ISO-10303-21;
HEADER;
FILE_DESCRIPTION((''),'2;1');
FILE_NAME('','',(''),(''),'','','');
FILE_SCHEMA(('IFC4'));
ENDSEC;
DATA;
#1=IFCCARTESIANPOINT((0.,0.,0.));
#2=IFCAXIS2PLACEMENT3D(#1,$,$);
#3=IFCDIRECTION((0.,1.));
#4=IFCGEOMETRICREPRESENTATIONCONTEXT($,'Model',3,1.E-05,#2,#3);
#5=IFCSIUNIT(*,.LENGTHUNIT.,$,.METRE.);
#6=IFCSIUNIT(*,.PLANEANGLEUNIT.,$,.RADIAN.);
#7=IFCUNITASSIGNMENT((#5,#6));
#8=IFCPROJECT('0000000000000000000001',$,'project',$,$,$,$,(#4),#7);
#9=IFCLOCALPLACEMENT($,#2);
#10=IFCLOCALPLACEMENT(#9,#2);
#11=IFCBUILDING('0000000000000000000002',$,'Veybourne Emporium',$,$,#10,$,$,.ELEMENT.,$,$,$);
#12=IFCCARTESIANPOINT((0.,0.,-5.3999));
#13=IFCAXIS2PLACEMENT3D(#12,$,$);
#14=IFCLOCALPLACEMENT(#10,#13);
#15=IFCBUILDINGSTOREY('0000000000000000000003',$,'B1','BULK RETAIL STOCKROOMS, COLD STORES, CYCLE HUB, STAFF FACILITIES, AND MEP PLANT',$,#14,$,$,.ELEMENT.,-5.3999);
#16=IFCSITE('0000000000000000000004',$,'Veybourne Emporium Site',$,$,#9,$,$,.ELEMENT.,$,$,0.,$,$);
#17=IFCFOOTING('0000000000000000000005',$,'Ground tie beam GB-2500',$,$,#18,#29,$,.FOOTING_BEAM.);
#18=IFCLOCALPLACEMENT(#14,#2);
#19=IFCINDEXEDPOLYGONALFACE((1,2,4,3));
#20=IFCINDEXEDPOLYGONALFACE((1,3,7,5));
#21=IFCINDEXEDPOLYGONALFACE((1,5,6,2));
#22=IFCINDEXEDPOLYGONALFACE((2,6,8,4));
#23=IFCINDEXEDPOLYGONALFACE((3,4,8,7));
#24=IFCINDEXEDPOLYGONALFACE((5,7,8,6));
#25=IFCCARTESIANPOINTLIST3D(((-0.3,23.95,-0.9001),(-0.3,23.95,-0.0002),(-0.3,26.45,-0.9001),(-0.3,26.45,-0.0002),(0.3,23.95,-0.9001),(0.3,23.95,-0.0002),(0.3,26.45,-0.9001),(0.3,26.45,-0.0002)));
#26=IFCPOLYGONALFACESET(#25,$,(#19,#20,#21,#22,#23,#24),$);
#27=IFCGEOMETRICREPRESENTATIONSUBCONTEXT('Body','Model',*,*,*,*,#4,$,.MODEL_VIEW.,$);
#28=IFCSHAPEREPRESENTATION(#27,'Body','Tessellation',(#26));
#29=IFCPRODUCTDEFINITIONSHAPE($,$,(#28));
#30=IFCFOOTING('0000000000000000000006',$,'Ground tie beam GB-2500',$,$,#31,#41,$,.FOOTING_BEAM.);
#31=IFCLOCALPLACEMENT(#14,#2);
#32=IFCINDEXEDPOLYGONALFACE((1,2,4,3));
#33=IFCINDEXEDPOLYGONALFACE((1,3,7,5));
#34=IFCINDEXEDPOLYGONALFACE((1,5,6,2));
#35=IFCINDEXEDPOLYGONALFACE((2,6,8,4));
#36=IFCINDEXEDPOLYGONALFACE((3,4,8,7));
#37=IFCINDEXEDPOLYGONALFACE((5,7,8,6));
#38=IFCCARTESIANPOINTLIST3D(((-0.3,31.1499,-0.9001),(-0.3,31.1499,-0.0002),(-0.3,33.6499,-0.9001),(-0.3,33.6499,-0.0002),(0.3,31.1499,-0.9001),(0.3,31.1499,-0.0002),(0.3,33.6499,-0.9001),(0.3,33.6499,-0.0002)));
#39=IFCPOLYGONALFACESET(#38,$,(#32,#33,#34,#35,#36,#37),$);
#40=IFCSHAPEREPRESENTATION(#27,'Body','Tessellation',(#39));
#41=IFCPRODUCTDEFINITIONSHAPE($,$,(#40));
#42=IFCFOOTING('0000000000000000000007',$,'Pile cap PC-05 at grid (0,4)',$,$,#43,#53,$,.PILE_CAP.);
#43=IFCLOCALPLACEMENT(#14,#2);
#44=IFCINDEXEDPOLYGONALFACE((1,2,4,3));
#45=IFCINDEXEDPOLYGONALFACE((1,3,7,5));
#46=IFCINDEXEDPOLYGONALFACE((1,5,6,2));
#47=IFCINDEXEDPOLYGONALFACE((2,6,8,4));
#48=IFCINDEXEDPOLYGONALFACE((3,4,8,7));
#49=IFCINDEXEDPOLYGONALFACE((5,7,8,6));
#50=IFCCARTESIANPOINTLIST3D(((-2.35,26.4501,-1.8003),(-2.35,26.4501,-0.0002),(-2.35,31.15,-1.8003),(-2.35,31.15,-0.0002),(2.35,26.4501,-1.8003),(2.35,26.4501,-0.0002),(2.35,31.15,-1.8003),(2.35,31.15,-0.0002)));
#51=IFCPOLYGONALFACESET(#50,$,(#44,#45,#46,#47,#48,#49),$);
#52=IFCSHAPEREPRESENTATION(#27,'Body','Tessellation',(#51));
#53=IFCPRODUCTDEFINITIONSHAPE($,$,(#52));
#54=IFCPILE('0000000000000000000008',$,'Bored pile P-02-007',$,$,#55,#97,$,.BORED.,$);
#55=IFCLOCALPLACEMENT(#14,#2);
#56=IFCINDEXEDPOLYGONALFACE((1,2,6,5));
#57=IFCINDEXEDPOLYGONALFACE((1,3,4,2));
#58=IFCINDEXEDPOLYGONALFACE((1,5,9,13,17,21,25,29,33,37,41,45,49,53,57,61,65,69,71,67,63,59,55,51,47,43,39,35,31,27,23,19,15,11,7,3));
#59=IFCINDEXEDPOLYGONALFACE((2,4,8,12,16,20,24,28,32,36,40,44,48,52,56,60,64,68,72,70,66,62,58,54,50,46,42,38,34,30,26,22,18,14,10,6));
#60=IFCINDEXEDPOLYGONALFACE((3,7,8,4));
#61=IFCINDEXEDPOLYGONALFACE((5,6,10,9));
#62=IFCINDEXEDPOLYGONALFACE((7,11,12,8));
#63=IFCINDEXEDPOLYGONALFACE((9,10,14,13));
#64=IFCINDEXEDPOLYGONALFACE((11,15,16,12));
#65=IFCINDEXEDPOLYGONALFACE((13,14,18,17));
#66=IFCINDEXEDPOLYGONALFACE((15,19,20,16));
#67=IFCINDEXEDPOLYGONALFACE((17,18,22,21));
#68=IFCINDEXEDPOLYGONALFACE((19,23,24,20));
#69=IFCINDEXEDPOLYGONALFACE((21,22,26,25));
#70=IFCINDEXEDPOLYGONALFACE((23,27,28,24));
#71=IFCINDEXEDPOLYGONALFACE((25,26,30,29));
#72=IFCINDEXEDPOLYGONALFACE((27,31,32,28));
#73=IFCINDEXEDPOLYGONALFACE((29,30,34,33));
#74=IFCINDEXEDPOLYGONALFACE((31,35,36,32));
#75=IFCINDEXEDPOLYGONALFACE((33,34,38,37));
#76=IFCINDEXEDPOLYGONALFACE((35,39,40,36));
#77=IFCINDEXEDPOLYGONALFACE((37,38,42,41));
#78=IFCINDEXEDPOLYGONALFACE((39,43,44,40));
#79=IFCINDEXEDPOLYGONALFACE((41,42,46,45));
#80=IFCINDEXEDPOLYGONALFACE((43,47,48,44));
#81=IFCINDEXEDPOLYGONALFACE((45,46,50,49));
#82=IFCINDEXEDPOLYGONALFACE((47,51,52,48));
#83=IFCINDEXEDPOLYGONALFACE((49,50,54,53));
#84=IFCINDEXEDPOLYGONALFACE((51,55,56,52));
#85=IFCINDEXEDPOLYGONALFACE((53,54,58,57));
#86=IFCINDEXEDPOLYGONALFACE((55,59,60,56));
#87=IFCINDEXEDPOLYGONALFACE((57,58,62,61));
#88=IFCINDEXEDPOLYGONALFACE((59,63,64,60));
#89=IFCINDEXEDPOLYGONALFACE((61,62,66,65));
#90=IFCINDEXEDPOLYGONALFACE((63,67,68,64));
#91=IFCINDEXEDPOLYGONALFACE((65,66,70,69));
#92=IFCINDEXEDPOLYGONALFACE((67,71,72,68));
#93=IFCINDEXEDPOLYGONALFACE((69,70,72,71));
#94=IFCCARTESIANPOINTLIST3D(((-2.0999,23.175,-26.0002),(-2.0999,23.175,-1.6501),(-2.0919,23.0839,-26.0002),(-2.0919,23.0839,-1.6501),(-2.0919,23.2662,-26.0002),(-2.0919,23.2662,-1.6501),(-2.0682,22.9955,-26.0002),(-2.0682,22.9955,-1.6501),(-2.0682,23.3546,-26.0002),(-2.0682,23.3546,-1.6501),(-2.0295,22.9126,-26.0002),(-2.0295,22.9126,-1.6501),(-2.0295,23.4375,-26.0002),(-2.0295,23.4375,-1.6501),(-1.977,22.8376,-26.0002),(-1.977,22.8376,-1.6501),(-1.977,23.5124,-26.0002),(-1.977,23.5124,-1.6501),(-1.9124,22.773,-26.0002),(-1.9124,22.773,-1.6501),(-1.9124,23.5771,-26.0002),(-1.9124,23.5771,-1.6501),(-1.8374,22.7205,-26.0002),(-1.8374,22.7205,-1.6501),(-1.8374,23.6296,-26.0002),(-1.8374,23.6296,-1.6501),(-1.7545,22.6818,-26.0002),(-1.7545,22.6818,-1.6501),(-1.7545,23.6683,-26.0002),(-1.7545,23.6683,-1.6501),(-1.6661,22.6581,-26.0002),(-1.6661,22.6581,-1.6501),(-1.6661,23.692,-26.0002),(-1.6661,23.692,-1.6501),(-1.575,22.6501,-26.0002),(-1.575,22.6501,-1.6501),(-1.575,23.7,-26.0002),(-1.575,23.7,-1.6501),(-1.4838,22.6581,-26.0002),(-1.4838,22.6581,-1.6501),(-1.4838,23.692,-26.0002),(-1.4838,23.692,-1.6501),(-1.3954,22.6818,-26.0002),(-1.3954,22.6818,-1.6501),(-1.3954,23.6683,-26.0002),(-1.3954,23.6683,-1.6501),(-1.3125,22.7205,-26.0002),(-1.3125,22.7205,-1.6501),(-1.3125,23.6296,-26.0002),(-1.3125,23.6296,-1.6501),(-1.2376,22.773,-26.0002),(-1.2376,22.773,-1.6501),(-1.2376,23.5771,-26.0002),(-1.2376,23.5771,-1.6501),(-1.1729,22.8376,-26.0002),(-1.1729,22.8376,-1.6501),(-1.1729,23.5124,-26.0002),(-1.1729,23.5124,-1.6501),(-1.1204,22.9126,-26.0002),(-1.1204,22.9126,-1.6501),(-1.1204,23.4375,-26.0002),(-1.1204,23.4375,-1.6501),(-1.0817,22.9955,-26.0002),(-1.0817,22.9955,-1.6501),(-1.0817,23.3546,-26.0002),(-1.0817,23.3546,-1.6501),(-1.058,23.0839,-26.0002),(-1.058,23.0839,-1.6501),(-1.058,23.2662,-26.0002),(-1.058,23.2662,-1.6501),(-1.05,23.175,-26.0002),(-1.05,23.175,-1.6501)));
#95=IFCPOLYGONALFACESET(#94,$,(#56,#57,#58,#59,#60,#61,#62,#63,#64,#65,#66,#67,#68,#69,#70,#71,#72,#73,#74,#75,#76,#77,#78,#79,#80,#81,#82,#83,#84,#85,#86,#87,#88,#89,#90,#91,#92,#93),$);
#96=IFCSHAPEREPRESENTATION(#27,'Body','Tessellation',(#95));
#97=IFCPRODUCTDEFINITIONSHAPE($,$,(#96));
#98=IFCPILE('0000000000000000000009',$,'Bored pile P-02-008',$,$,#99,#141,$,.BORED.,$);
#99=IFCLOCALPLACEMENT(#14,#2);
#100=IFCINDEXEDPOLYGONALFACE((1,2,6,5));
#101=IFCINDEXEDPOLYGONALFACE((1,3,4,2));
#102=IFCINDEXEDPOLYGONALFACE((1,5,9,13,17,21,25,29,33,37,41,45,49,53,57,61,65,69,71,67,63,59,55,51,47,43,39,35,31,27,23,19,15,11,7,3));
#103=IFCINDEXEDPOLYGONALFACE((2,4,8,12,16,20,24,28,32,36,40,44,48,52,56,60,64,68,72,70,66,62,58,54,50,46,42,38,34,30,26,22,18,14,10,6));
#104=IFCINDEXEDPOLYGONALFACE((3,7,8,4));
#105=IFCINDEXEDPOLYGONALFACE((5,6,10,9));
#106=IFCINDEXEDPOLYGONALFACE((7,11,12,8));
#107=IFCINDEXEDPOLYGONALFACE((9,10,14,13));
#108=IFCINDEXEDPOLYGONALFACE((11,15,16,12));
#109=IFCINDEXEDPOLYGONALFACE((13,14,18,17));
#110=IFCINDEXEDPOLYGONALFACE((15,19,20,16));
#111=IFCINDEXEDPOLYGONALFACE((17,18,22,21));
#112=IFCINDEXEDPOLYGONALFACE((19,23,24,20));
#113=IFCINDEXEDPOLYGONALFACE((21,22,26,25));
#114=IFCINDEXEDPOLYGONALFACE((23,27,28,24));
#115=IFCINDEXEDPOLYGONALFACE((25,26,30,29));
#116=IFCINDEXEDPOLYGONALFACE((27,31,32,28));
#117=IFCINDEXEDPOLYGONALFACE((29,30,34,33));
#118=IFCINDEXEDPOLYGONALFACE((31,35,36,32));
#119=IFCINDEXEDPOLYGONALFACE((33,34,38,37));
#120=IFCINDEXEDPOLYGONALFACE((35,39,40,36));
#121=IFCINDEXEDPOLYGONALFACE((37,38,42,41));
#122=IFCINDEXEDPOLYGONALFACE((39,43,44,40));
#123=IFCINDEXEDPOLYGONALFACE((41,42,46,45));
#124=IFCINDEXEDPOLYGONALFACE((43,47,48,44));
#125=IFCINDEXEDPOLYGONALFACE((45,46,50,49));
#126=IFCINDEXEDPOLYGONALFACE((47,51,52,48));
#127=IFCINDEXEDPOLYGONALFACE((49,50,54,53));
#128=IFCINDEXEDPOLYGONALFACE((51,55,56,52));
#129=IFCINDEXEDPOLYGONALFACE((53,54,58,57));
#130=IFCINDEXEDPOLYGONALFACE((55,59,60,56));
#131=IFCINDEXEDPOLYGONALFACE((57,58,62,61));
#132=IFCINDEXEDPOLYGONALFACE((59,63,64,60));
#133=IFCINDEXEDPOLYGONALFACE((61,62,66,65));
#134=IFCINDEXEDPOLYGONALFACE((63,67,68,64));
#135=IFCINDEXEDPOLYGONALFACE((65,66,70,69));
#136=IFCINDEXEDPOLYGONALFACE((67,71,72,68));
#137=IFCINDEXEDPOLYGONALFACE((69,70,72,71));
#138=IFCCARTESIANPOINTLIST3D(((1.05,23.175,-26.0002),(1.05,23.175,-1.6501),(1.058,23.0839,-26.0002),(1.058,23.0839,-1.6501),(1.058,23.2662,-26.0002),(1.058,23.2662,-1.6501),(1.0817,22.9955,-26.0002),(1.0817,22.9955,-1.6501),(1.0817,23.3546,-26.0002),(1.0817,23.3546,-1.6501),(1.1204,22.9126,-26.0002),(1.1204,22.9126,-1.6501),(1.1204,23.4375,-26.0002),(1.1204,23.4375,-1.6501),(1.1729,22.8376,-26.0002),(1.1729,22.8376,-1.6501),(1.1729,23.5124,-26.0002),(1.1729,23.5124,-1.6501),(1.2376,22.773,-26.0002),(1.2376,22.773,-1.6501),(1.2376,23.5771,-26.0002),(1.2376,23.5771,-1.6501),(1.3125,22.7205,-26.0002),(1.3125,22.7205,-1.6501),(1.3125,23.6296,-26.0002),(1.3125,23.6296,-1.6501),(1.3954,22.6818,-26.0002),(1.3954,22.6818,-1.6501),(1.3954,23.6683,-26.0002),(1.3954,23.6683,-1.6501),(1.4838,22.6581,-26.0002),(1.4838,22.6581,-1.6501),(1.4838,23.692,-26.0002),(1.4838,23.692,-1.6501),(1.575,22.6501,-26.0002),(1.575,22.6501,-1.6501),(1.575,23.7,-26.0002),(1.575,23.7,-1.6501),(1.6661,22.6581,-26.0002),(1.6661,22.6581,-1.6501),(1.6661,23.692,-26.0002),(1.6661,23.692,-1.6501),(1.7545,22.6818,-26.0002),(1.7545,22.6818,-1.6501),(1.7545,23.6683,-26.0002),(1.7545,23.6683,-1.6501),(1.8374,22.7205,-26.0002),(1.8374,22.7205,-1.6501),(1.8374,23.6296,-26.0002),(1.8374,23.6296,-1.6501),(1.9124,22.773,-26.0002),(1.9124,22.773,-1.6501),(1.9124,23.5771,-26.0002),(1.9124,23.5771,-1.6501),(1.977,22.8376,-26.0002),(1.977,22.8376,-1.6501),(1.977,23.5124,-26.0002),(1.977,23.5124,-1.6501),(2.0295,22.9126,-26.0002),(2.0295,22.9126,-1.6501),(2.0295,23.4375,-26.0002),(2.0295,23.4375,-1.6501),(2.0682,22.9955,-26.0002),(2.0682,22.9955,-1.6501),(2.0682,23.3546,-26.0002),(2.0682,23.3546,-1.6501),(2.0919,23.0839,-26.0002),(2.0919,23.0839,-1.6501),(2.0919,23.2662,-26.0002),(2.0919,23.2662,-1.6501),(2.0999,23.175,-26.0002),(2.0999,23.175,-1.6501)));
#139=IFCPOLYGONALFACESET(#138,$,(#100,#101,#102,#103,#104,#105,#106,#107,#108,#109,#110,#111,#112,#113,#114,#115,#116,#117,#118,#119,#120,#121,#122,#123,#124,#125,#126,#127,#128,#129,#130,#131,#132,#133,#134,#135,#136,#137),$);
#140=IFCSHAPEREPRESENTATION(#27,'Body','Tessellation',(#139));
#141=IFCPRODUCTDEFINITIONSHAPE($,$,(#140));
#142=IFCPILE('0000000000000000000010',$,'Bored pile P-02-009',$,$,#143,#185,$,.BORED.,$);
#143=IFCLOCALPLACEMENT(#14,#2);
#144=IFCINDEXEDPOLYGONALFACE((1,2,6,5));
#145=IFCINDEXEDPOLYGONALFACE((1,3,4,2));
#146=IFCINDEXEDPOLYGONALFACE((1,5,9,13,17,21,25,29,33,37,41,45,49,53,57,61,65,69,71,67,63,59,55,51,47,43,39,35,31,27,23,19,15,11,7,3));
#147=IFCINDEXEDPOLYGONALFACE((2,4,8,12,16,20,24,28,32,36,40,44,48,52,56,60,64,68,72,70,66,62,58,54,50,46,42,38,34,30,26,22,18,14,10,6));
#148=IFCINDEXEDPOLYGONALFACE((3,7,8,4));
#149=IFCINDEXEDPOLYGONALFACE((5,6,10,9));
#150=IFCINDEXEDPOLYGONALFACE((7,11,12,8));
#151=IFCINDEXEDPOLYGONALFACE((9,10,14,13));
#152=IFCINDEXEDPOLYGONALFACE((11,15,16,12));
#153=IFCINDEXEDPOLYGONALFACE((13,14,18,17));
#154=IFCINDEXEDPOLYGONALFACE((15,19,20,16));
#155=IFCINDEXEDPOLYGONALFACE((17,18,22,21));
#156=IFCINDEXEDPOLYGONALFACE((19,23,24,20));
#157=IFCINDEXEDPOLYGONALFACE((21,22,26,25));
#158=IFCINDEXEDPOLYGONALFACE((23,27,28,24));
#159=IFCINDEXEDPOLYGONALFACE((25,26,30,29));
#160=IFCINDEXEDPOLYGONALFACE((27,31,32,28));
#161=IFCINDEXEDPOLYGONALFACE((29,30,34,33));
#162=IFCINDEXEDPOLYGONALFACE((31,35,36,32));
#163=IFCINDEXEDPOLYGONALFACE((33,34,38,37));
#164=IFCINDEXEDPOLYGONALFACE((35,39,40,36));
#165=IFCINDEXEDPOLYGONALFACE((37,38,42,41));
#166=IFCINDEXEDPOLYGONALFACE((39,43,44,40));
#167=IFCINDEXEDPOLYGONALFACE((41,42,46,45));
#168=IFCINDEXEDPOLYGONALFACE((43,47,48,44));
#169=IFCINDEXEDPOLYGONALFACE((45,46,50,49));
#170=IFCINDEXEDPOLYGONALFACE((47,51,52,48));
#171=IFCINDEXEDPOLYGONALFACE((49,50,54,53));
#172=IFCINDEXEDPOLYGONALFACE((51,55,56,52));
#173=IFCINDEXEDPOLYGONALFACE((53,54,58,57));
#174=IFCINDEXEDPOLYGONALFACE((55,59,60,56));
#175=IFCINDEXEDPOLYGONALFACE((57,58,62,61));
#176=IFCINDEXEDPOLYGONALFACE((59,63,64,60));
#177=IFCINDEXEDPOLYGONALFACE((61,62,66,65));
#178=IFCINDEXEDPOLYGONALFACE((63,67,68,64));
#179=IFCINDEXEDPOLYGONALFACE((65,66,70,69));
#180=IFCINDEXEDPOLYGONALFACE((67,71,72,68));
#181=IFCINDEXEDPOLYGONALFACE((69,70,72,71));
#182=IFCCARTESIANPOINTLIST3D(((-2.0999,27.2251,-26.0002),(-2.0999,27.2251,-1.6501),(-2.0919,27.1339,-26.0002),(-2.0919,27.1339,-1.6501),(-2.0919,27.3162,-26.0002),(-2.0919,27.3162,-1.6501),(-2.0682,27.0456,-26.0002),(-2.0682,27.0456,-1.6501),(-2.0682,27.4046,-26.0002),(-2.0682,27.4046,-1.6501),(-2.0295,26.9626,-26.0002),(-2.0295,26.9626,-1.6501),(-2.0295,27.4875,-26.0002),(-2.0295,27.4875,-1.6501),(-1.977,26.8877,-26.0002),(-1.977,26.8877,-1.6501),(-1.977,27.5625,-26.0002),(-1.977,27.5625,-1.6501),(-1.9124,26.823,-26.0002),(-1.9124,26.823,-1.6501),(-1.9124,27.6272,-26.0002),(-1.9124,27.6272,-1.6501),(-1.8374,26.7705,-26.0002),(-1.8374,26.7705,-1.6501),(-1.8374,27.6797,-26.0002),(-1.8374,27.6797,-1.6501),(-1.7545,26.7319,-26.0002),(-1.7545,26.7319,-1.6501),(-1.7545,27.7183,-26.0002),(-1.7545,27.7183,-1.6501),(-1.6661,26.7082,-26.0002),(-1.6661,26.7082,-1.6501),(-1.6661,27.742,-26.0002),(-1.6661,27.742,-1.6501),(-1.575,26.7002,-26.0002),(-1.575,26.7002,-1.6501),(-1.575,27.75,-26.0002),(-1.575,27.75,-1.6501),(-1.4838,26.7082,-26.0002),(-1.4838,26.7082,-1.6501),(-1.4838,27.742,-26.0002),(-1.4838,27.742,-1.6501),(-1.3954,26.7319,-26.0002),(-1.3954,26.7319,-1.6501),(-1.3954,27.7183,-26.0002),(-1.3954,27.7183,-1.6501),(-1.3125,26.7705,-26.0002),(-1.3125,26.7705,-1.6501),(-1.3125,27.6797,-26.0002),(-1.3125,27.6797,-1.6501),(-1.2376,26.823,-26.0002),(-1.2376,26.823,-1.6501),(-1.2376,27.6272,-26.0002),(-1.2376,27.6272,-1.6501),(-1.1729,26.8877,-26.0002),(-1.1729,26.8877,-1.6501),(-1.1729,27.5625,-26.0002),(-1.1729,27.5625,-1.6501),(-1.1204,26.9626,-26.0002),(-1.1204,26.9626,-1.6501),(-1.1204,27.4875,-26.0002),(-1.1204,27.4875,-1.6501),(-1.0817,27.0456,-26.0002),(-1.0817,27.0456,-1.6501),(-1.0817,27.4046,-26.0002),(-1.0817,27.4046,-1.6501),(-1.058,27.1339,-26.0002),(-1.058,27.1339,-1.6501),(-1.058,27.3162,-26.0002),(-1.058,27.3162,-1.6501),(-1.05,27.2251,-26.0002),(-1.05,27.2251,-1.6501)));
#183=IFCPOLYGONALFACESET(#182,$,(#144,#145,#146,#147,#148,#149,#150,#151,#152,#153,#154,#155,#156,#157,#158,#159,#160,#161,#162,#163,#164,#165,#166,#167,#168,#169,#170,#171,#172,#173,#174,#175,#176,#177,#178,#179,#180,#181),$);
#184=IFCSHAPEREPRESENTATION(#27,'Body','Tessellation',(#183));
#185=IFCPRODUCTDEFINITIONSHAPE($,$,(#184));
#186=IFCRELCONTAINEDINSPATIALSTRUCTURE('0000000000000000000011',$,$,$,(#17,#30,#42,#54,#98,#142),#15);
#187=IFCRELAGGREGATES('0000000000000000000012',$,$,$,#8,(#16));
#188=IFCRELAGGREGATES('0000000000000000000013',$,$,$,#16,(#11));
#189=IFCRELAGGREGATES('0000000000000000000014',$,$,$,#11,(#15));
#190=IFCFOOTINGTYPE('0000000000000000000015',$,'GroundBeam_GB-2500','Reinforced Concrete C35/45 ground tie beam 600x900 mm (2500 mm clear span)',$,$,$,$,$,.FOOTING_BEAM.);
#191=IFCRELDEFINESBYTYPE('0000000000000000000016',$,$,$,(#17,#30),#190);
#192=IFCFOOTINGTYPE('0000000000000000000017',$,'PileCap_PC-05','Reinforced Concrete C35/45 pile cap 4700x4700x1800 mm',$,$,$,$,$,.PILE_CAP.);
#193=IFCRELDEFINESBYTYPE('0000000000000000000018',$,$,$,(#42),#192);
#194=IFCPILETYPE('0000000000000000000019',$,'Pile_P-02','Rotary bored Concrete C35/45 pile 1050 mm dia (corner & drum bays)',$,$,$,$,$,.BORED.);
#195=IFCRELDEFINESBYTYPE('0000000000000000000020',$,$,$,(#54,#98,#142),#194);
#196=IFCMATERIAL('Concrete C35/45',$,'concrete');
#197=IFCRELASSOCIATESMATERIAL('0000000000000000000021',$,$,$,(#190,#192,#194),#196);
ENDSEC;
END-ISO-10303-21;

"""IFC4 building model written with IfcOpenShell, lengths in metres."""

from ifc_helpers import new_model, si_unit, direction, frame, origin, origin_2d, place, context, subcontext, project, spatial, rectangle, circle, extrude, material, material_profile, profile_set, type_object, element, save


model = new_model("IFC4")

# Units and contexts
model_context = context("Model", 3, precision=1e-05, world=origin(), true_north=direction((0.0, 1.0)))
body_context = subcontext(model_context, "Body", "Model", "MODEL_VIEW")
ifc_project = project(units=[si_unit("LENGTHUNIT", "METRE"), si_unit("PLANEANGLEUNIT", "RADIAN")], contexts=[model_context])

# Site, building, storey
site_placement = place(None, origin())
site = spatial("IfcSite", under=ifc_project, at=site_placement, Name="Veybourne Emporium Site", CompositionType="ELEMENT", RefElevation=0.0)
building_placement = place(site_placement, origin())
building = spatial("IfcBuilding", under=site, at=building_placement, Name="Veybourne Emporium", CompositionType="ELEMENT")
storey_placement = place(building_placement, frame((0.0, 0.0, -5.3999)))
storey = spatial("IfcBuildingStorey", under=building, at=storey_placement, Name="B1", Description="BULK RETAIL STOCKROOMS, COLD STORES, CYCLE HUB, STAFF FACILITIES, AND MEP PLANT", CompositionType="ELEMENT", Elevation=-5.3999)

# Footings
ifc_material_1 = material(Name="Concrete C35/45", Category="concrete")
footing_type_1 = type_object("IfcFootingType", Name="GroundBeam_GB-2500", Description="Reinforced Concrete C35/45 ground tie beam 600x900 mm (2500 mm clear span)", PredefinedType="FOOTING_BEAM", material=ifc_material_1)
for number, where, z_axis, x_axis, name in (
    (1, (0.0, 25.2, -0.9001), (0.0, 0.0, 1.0), (0.0, 1.0, 0.0), "Ground tie beam GB-2500"),
    (2, (0.0, 32.3999, -0.9001), (0.0, 0.0, 1.0), (0.0, 1.0, 0.0), "Ground tie beam GB-2500"),
):
    element("IfcFooting", number, at=place(storey_placement, frame(where, z_axis=z_axis, x_axis=x_axis)), inside=storey, type_object=footing_type_1, Name=name, PredefinedType="FOOTING_BEAM", context=body_context, shape_type="SweptSolid", body=[
        extrude(rectangle(XDim=2.5, YDim=0.6001, at=origin_2d()), origin(), (0.0, 0.0, 1.0), 0.8999),
    ])
footing_type_2 = type_object("IfcFootingType", Name="PileCap_PC-05", Description="Reinforced Concrete C35/45 pile cap 4700x4700x1800 mm", PredefinedType="PILE_CAP", material=ifc_material_1)
footing_placement = place(storey_placement, frame((0.0, 28.8, -1.8003), z_axis=(0.0, 0.0, 1.0), x_axis=(1.0, 0.0, 0.0)))
element("IfcFooting", 3, at=footing_placement, inside=storey, type_object=footing_type_2, Name="Pile cap PC-05 at grid (0,4)", PredefinedType="PILE_CAP", context=body_context, shape_type="SweptSolid", body=[
    extrude(rectangle(XDim=4.7, YDim=4.7, at=origin_2d()), origin(), (0.0, 0.0, 1.0), 1.8),
])

# Piles
ifc_material_profile_1 = material_profile(ifc_material_1, circle(Radius=0.5249, at=origin_2d()), Name="BORED PILE 1050")
ifc_profile_set_1 = profile_set([ifc_material_profile_1], Name="Concrete C35/45")
pile_type = type_object("IfcPileType", Name="Pile_P-02", Description="Rotary bored Concrete C35/45 pile 1050 mm dia (corner & drum bays)", PredefinedType="BORED", material=ifc_profile_set_1)
for number, where, z_axis, x_axis, name in (
    (4, (-1.575, 23.175, -1.6501), (0.0, 0.0, -1.0), (1.0, 0.0, 0.0), "Bored pile P-02-007"),
    (5, (1.575, 23.175, -1.6501), (0.0, 0.0, -1.0), (1.0, 0.0, 0.0), "Bored pile P-02-008"),
    (6, (-1.575, 27.2251, -1.6501), (0.0, 0.0, -1.0), (1.0, 0.0, 0.0), "Bored pile P-02-009"),
):
    element("IfcPile", number, at=place(storey_placement, frame(where, z_axis=z_axis, x_axis=x_axis)), inside=storey, type_object=pile_type, Name=name, PredefinedType="BORED", context=body_context, shape_type="SweptSolid", body=[
        extrude(circle(Radius=0.5249, at=origin_2d()), origin(), (0.0, 0.0, 1.0), 24.3501),
    ])

save(model, "model.ifc")
